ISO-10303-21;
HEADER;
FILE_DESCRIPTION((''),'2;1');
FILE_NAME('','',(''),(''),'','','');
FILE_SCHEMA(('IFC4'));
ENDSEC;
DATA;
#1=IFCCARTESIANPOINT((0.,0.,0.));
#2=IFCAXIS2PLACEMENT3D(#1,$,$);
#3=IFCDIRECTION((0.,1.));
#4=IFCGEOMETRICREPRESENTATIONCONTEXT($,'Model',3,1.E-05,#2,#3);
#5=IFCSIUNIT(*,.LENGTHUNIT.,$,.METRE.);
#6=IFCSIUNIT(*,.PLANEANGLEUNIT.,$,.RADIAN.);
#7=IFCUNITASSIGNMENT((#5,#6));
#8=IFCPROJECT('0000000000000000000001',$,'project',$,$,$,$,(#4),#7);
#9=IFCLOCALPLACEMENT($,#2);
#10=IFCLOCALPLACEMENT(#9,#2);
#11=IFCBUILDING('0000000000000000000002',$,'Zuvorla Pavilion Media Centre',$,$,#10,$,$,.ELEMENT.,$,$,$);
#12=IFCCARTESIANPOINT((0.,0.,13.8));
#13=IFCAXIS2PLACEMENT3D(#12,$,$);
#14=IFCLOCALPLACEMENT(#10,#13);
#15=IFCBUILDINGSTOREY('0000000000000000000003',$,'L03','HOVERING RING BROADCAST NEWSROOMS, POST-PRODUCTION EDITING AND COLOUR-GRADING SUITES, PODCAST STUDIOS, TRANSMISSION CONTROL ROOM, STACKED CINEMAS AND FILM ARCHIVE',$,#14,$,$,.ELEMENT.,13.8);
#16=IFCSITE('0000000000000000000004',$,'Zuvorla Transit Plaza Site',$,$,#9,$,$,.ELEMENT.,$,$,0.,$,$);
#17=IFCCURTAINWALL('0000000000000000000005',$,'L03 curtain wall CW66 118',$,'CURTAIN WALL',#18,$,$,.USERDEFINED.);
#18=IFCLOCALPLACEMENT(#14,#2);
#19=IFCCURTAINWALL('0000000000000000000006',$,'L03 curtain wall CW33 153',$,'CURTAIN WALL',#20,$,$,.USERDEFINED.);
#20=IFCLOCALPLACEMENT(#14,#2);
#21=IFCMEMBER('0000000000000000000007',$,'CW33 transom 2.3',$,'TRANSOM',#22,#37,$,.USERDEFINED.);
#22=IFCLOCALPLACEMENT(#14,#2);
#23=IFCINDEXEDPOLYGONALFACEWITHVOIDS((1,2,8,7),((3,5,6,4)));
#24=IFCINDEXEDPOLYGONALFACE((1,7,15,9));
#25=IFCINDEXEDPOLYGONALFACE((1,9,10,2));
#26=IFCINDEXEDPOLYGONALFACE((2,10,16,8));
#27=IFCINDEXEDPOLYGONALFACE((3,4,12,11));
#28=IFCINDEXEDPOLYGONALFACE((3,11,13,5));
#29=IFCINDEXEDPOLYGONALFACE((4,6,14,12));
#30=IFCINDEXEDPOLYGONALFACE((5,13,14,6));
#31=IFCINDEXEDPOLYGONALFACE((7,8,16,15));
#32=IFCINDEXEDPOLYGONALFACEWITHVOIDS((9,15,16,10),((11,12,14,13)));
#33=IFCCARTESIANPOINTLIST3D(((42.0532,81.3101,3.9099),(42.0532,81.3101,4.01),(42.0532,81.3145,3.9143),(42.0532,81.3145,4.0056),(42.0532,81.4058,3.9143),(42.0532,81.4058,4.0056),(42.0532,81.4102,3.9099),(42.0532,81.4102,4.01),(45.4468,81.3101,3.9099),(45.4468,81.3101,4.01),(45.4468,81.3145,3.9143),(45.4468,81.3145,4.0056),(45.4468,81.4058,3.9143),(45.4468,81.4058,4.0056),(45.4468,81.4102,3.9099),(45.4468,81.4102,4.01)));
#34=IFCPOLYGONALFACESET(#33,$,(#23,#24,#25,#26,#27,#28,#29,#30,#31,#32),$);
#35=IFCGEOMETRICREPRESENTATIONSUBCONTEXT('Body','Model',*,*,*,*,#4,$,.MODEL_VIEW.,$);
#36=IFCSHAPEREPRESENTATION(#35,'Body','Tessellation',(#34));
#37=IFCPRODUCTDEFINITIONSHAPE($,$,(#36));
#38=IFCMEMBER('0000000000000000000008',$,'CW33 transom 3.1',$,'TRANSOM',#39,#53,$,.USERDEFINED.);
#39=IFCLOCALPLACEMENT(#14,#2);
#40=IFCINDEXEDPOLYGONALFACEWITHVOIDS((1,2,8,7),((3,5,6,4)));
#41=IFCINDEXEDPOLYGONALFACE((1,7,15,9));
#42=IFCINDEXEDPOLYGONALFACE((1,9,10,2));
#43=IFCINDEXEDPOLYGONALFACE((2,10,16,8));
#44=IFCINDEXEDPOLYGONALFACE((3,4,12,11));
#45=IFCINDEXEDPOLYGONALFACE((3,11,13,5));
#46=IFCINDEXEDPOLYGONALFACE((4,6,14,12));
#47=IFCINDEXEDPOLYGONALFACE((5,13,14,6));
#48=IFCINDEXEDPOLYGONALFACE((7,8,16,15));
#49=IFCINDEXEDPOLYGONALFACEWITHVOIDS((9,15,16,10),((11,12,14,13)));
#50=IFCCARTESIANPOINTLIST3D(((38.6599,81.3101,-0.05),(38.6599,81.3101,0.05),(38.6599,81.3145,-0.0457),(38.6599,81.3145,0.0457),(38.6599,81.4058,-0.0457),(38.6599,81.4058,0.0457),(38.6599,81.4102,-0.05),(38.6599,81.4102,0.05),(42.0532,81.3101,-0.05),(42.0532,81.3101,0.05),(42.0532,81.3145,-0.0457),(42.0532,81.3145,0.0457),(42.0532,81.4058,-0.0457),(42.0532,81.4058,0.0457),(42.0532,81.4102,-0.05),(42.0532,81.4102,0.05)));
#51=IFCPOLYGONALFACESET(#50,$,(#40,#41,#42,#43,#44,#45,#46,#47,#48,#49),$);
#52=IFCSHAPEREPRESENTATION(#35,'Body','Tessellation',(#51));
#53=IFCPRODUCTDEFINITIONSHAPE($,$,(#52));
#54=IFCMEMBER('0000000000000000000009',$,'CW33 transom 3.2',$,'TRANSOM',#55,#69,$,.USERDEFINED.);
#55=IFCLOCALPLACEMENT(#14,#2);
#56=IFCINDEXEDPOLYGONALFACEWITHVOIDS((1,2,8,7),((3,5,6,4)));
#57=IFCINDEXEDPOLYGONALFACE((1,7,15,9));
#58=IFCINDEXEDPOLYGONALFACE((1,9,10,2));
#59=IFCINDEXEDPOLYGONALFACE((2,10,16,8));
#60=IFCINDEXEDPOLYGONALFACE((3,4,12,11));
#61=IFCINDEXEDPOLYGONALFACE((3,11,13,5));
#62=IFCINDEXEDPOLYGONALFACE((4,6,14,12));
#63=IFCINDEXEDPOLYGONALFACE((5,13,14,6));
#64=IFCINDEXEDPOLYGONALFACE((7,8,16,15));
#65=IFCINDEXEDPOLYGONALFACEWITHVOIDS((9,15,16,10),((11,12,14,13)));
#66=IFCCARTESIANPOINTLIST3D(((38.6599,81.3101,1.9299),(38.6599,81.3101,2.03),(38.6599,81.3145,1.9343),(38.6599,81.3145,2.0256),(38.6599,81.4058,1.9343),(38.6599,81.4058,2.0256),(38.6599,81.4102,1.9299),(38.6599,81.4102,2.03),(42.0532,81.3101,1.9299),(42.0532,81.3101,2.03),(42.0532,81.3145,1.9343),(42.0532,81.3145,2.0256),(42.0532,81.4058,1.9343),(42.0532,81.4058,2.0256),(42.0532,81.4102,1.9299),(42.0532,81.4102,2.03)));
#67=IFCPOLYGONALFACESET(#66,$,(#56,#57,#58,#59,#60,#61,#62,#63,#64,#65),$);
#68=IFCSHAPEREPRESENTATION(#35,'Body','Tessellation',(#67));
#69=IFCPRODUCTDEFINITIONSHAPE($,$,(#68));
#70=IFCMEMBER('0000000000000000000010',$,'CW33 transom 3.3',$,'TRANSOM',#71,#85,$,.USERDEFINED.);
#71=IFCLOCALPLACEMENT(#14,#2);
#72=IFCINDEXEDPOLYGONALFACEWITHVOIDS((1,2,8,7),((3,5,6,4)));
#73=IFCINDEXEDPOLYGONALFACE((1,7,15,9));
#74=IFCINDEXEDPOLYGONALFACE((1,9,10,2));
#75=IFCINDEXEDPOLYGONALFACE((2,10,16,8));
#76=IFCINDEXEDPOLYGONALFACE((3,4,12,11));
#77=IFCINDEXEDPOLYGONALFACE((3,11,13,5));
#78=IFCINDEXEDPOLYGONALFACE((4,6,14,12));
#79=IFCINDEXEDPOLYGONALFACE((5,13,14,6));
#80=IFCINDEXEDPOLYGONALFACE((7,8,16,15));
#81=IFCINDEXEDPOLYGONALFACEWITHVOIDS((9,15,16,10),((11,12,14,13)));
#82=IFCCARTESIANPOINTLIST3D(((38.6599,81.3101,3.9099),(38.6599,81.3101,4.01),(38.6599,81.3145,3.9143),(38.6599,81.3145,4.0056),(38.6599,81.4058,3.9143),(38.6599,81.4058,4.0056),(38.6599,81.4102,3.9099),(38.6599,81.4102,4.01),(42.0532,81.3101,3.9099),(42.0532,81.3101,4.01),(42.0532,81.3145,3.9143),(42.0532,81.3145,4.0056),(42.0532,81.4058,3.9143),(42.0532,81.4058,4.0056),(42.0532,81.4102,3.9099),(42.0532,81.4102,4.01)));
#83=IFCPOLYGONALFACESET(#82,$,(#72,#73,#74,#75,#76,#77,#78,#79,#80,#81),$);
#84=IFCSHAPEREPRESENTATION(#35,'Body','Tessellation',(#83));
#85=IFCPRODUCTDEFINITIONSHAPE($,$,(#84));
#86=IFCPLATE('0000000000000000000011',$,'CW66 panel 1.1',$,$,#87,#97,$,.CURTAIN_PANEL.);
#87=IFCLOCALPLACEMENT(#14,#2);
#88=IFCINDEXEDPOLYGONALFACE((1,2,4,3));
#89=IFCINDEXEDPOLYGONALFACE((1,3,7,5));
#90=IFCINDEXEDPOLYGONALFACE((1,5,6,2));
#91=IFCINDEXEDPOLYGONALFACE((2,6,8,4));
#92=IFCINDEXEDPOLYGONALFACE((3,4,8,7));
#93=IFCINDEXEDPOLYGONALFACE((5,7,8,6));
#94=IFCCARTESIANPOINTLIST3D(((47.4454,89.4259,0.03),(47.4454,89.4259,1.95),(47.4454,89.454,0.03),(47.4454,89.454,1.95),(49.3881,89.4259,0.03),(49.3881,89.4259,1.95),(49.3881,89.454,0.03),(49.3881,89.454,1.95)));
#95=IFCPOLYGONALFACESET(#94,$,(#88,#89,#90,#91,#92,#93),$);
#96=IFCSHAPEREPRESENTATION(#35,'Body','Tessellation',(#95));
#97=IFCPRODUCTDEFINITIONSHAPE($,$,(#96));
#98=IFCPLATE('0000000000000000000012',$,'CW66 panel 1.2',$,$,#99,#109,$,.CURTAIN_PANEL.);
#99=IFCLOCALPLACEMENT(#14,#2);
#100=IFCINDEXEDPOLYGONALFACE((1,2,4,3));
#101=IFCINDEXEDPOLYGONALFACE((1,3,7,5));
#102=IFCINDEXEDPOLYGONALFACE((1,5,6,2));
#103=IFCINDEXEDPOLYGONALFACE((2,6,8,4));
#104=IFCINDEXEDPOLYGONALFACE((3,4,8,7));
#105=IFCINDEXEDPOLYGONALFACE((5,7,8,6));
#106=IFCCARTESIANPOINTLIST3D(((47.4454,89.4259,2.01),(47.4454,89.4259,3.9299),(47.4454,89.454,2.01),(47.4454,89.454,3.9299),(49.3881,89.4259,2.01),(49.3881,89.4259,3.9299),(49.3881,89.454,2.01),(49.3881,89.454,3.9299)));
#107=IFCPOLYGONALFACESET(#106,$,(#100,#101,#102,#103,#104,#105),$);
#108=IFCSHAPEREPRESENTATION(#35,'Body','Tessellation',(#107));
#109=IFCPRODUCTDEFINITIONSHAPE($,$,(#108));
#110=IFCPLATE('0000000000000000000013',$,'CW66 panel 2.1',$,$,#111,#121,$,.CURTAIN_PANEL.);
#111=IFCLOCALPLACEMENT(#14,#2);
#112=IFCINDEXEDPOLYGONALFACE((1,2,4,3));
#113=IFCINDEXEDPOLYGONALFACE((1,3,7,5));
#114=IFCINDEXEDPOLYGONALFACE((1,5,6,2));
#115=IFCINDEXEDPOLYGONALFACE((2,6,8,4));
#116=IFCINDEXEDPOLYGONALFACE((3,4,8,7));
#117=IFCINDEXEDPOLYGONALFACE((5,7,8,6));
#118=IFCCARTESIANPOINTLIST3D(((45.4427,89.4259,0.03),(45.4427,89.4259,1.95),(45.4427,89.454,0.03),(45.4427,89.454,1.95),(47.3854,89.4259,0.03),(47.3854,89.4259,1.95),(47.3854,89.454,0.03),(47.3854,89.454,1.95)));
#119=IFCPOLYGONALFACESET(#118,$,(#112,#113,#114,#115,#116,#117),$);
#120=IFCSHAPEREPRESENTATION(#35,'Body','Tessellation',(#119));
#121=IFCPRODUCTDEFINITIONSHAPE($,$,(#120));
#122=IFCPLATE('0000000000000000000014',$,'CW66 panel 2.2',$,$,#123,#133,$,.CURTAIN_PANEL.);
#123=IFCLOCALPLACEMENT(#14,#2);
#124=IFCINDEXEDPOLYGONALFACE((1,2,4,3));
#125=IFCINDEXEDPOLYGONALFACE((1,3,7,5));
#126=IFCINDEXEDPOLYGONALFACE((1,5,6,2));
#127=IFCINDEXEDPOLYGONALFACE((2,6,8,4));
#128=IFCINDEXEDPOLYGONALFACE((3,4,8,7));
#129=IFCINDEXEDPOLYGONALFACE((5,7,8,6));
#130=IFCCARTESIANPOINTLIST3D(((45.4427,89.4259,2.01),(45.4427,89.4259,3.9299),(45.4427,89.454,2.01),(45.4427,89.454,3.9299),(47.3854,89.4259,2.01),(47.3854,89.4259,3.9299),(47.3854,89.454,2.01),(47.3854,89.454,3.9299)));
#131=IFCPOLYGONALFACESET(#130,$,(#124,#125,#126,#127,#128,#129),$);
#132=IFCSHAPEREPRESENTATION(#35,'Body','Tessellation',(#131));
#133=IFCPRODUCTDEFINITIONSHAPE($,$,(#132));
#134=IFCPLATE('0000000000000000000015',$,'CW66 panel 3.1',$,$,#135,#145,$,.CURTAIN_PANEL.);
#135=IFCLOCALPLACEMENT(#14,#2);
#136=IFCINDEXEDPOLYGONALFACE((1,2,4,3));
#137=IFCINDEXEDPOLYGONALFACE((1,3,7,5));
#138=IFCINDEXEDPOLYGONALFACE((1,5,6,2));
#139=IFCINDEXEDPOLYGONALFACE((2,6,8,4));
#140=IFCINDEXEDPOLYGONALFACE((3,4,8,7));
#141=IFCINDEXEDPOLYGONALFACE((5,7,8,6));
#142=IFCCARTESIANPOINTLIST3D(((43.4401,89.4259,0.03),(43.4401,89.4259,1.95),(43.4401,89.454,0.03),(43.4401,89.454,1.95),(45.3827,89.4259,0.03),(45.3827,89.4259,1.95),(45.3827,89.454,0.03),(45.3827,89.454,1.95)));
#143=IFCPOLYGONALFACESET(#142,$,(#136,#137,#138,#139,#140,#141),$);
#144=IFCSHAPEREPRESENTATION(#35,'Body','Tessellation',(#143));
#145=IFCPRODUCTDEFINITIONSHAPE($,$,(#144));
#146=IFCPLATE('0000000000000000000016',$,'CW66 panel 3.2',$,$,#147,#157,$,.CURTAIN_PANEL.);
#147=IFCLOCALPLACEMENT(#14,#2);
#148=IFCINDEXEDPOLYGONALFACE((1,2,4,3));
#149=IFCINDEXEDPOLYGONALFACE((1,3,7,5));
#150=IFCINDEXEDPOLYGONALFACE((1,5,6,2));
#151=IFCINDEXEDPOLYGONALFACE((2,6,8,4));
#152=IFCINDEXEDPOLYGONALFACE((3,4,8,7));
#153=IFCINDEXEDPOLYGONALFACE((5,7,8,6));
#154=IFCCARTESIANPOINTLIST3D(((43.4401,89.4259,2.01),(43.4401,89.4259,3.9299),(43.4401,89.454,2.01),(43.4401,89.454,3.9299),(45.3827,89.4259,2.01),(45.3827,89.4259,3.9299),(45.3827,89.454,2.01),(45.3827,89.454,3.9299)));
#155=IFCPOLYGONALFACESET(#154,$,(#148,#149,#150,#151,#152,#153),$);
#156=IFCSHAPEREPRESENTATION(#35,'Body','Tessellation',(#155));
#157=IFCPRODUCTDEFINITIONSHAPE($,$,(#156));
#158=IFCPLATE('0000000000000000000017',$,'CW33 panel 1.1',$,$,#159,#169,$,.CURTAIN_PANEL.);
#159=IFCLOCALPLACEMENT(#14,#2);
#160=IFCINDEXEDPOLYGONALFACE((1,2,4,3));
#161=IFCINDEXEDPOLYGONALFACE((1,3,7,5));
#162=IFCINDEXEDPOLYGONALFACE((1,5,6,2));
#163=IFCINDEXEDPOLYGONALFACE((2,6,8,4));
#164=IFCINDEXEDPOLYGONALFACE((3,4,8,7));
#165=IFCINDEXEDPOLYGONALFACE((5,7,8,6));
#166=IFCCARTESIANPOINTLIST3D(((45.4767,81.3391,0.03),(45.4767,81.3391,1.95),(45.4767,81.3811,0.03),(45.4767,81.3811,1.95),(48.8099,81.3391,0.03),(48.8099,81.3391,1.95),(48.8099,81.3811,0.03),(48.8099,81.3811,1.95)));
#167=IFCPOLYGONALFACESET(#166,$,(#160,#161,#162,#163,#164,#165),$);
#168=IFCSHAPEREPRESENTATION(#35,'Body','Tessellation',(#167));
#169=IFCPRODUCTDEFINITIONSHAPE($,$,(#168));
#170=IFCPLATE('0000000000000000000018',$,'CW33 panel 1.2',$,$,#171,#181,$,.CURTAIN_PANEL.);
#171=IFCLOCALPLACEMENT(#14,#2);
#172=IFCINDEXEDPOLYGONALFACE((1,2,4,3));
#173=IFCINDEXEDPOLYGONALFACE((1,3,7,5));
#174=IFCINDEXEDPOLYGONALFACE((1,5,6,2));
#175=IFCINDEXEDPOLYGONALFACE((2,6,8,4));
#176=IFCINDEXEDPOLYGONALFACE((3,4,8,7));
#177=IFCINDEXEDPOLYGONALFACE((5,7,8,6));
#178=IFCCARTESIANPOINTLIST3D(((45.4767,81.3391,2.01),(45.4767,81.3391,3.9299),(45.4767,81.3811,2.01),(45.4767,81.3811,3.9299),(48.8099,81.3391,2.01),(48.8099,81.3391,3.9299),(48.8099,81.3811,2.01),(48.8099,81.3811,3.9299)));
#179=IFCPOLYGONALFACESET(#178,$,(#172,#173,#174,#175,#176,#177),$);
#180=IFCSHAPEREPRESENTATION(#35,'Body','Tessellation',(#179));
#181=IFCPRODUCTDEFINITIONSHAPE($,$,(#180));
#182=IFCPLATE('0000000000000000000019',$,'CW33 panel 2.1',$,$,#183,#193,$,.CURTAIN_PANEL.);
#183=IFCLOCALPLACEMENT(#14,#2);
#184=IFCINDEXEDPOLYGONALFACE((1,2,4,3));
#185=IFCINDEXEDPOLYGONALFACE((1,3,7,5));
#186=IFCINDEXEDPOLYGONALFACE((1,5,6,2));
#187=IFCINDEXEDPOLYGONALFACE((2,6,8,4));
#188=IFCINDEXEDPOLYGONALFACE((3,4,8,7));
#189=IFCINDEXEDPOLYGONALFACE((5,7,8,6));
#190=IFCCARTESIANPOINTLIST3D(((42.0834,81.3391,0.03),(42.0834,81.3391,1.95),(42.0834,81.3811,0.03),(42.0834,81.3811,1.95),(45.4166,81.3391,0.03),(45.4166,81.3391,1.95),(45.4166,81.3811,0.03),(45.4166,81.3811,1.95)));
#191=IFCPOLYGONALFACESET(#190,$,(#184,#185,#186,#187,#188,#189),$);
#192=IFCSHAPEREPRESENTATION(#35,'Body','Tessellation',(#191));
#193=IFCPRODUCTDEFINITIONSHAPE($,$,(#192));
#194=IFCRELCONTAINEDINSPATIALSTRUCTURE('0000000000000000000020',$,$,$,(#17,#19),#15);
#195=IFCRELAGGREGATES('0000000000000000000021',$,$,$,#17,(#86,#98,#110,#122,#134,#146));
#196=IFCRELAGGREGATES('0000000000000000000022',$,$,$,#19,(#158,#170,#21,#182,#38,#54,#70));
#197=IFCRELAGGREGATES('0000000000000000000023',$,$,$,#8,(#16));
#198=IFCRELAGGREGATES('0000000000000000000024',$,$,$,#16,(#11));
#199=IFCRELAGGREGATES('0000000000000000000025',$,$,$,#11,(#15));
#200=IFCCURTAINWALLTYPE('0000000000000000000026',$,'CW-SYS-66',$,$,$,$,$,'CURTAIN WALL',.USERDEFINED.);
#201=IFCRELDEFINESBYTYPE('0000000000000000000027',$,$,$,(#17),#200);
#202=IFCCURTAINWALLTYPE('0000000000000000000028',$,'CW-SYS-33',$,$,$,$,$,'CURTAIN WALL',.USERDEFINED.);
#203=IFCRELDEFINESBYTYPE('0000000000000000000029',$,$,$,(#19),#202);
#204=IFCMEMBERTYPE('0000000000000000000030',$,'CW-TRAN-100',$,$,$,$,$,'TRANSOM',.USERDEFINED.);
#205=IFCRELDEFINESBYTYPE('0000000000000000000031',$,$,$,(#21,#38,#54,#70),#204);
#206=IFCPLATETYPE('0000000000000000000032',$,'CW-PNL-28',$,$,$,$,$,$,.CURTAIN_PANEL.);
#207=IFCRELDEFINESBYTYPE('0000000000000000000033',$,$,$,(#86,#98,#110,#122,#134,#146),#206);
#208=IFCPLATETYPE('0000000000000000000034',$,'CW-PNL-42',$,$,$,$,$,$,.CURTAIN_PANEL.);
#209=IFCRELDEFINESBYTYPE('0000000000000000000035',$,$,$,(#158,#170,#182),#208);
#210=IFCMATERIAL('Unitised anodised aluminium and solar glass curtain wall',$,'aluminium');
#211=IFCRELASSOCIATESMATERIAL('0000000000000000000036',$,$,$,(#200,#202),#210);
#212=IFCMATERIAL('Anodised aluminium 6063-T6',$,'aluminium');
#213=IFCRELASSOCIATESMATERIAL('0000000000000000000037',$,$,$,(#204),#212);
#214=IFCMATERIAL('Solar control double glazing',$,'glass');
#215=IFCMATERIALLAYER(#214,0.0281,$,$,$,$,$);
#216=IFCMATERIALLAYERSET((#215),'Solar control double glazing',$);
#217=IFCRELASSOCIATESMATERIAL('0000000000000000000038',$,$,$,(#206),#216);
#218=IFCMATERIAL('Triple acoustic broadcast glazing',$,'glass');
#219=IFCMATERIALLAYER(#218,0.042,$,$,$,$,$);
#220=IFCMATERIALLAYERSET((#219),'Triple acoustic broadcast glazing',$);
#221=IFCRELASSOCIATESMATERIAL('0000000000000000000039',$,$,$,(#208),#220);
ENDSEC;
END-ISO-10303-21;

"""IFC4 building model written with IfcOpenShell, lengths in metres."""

from ifc_helpers import new_model, si_unit, direction, frame, origin, origin_2d, place, context, subcontext, project, spatial, rectangle, hollow_rectangle, extrude, material, layer, layer_set, material_profile, profile_set, type_object, element, aggregate, save


model = new_model("IFC4")

# Units and contexts
model_context = context("Model", 3, precision=1e-05, world=origin(), true_north=direction((0.0, 1.0)))
body_context = subcontext(model_context, "Body", "Model", "MODEL_VIEW")
ifc_project = project(units=[si_unit("LENGTHUNIT", "METRE"), si_unit("PLANEANGLEUNIT", "RADIAN")], contexts=[model_context])

# Site, building, storey
site_placement = place(None, origin())
site = spatial("IfcSite", under=ifc_project, at=site_placement, Name="Zuvorla Transit Plaza Site", CompositionType="ELEMENT", RefElevation=0.0)
building_placement = place(site_placement, origin())
building = spatial("IfcBuilding", under=site, at=building_placement, Name="Zuvorla Pavilion Media Centre", CompositionType="ELEMENT")
storey_placement = place(building_placement, frame((0.0, 0.0, 13.8)))
storey = spatial("IfcBuildingStorey", under=building, at=storey_placement, Name="L03", Description="HOVERING RING BROADCAST NEWSROOMS, POST-PRODUCTION EDITING AND COLOUR-GRADING SUITES, PODCAST STUDIOS, TRANSMISSION CONTROL ROOM, STACKED CINEMAS AND FILM ARCHIVE", CompositionType="ELEMENT", Elevation=13.8)

# Curtain walls
ifc_material_1 = material(Name="Unitised anodised aluminium and solar glass curtain wall", Category="aluminium")
curtain_wall_type_1 = type_object("IfcCurtainWallType", Name="CW-SYS-66", ElementType="CURTAIN WALL", PredefinedType="USERDEFINED", material=ifc_material_1)
curtain_wall_1_placement = place(storey_placement, origin())
curtain_wall_1 = element("IfcCurtainWall", 1, at=curtain_wall_1_placement, inside=storey, type_object=curtain_wall_type_1, Name="L03 curtain wall CW66 118", ObjectType="CURTAIN WALL", PredefinedType="USERDEFINED")
ifc_material_2 = material(Name="Anodised aluminium 6063-T6", Category="aluminium")
curtain_wall_type_2 = type_object("IfcCurtainWallType", Name="CW-SYS-33", ElementType="CURTAIN WALL", PredefinedType="USERDEFINED", material=ifc_material_1)
curtain_wall_2_placement = place(storey_placement, origin())
curtain_wall_2 = element("IfcCurtainWall", 2, at=curtain_wall_2_placement, inside=storey, type_object=curtain_wall_type_2, Name="L03 curtain wall CW33 153", ObjectType="CURTAIN WALL", PredefinedType="USERDEFINED")

# Members
ifc_material_profile_1 = material_profile(ifc_material_2, hollow_rectangle(XDim=0.1001, YDim=0.1001, WallThickness=0.0044, at=origin_2d()), Name="ALU TRAN 100x100")
ifc_profile_set_1 = profile_set([ifc_material_profile_1], Name="Anodised aluminium 6063-T6")
member_type_1 = type_object("IfcMemberType", Name="CW-TRAN-100", ElementType="TRANSOM", PredefinedType="USERDEFINED", material=ifc_profile_set_1)
member_1_placement = place(storey_placement, frame((45.4468, 81.3601, 3.96), z_axis=(-1.0, 0.0, 0.0), x_axis=(0.0, -1.0, 0.0)))
member_1 = element("IfcMember", 3, at=member_1_placement, type_object=member_type_1, Name="CW33 transom 2.3", ObjectType="TRANSOM", PredefinedType="USERDEFINED", context=body_context, shape_type="SweptSolid", body=[
    extrude(hollow_rectangle(XDim=0.1001, YDim=0.1001, WallThickness=0.0044, at=origin_2d()), origin(), (0.0, 0.0, 1.0), 3.3936),
])
member_2_placement = place(storey_placement, frame((42.0532, 81.3601, 0.0), z_axis=(-1.0, 0.0, 0.0), x_axis=(0.0, -1.0, 0.0)))
member_2 = element("IfcMember", 4, at=member_2_placement, type_object=member_type_1, Name="CW33 transom 3.1", ObjectType="TRANSOM", PredefinedType="USERDEFINED", context=body_context, shape_type="SweptSolid", body=[
    extrude(hollow_rectangle(XDim=0.1001, YDim=0.1001, WallThickness=0.0044, at=origin_2d()), origin(), (0.0, 0.0, 1.0), 3.3933),
])
member_3_placement = place(storey_placement, frame((42.0532, 81.3601, 1.98), z_axis=(-1.0, 0.0, 0.0), x_axis=(0.0, -1.0, 0.0)))
member_3 = element("IfcMember", 5, at=member_3_placement, type_object=member_type_1, Name="CW33 transom 3.2", ObjectType="TRANSOM", PredefinedType="USERDEFINED", context=body_context, shape_type="SweptSolid", body=[
    extrude(hollow_rectangle(XDim=0.1001, YDim=0.1001, WallThickness=0.0044, at=origin_2d()), origin(), (0.0, 0.0, 1.0), 3.3933),
])
member_4_placement = place(storey_placement, frame((42.0532, 81.3601, 3.96), z_axis=(-1.0, 0.0, 0.0), x_axis=(0.0, -1.0, 0.0)))
member_4 = element("IfcMember", 6, at=member_4_placement, type_object=member_type_1, Name="CW33 transom 3.3", ObjectType="TRANSOM", PredefinedType="USERDEFINED", context=body_context, shape_type="SweptSolid", body=[
    extrude(hollow_rectangle(XDim=0.1001, YDim=0.1001, WallThickness=0.0044, at=origin_2d()), origin(), (0.0, 0.0, 1.0), 3.3933),
])

# Plates
ifc_material_3 = material(Name="Solar control double glazing", Category="glass")
ifc_layer_1 = layer(ifc_material_3, 0.0281)
ifc_layer_set_1 = layer_set([ifc_layer_1], Name="Solar control double glazing")
plate_type_1 = type_object("IfcPlateType", Name="CW-PNL-28", PredefinedType="CURTAIN_PANEL", material=ifc_layer_set_1)
plate_1_placement = place(storey_placement, frame((48.4167, 89.4399, 0.03), z_axis=(0.0, 0.0, 1.0), x_axis=(-1.0, 0.0, 0.0)))
plate_1 = element("IfcPlate", 7, at=plate_1_placement, type_object=plate_type_1, Name="CW66 panel 1.1", PredefinedType="CURTAIN_PANEL", context=body_context, shape_type="SweptSolid", body=[
    extrude(rectangle(XDim=1.9426, YDim=0.0281, at=origin_2d()), origin(), (0.0, 0.0, 1.0), 1.9199),
])
plate_2_placement = place(storey_placement, frame((48.4167, 89.4399, 2.01), z_axis=(0.0, 0.0, 1.0), x_axis=(-1.0, 0.0, 0.0)))
plate_2 = element("IfcPlate", 8, at=plate_2_placement, type_object=plate_type_1, Name="CW66 panel 1.2", PredefinedType="CURTAIN_PANEL", context=body_context, shape_type="SweptSolid", body=[
    extrude(rectangle(XDim=1.9426, YDim=0.0281, at=origin_2d()), origin(), (0.0, 0.0, 1.0), 1.9199),
])
plate_3_placement = place(storey_placement, frame((46.4141, 89.4399, 0.03), z_axis=(0.0, 0.0, 1.0), x_axis=(-1.0, 0.0, 0.0)))
plate_3 = element("IfcPlate", 9, at=plate_3_placement, type_object=plate_type_1, Name="CW66 panel 2.1", PredefinedType="CURTAIN_PANEL", context=body_context, shape_type="SweptSolid", body=[
    extrude(rectangle(XDim=1.9426, YDim=0.0281, at=origin_2d()), origin(), (0.0, 0.0, 1.0), 1.9199),
])
plate_4_placement = place(storey_placement, frame((46.4141, 89.4399, 2.01), z_axis=(0.0, 0.0, 1.0), x_axis=(-1.0, 0.0, 0.0)))
plate_4 = element("IfcPlate", 10, at=plate_4_placement, type_object=plate_type_1, Name="CW66 panel 2.2", PredefinedType="CURTAIN_PANEL", context=body_context, shape_type="SweptSolid", body=[
    extrude(rectangle(XDim=1.9426, YDim=0.0281, at=origin_2d()), origin(), (0.0, 0.0, 1.0), 1.9199),
])
plate_5_placement = place(storey_placement, frame((44.4114, 89.4399, 0.03), z_axis=(0.0, 0.0, 1.0), x_axis=(-1.0, 0.0, 0.0)))
plate_5 = element("IfcPlate", 11, at=plate_5_placement, type_object=plate_type_1, Name="CW66 panel 3.1", PredefinedType="CURTAIN_PANEL", context=body_context, shape_type="SweptSolid", body=[
    extrude(rectangle(XDim=1.9426, YDim=0.0281, at=origin_2d()), origin(), (0.0, 0.0, 1.0), 1.9199),
])
plate_6_placement = place(storey_placement, frame((44.4114, 89.4399, 2.01), z_axis=(0.0, 0.0, 1.0), x_axis=(-1.0, 0.0, 0.0)))
plate_6 = element("IfcPlate", 12, at=plate_6_placement, type_object=plate_type_1, Name="CW66 panel 3.2", PredefinedType="CURTAIN_PANEL", context=body_context, shape_type="SweptSolid", body=[
    extrude(rectangle(XDim=1.9426, YDim=0.0281, at=origin_2d()), origin(), (0.0, 0.0, 1.0), 1.9199),
])
aggregate(curtain_wall_1, [plate_1, plate_2, plate_3, plate_4, plate_5, plate_6])
ifc_material_4 = material(Name="Triple acoustic broadcast glazing", Category="glass")
ifc_layer_2 = layer(ifc_material_4, 0.042)
ifc_layer_set_2 = layer_set([ifc_layer_2], Name="Triple acoustic broadcast glazing")
plate_type_2 = type_object("IfcPlateType", Name="CW-PNL-42", PredefinedType="CURTAIN_PANEL", material=ifc_layer_set_2)
plate_7_placement = place(storey_placement, frame((47.1433, 81.3601, 0.03), z_axis=(0.0, 0.0, 1.0), x_axis=(-1.0, 0.0, 0.0)))
plate_7 = element("IfcPlate", 13, at=plate_7_placement, type_object=plate_type_2, Name="CW33 panel 1.1", PredefinedType="CURTAIN_PANEL", context=body_context, shape_type="SweptSolid", body=[
    extrude(rectangle(XDim=3.3333, YDim=0.042, at=origin_2d()), origin(), (0.0, 0.0, 1.0), 1.9199),
])
plate_8_placement = place(storey_placement, frame((47.1433, 81.3601, 2.01), z_axis=(0.0, 0.0, 1.0), x_axis=(-1.0, 0.0, 0.0)))
plate_8 = element("IfcPlate", 14, at=plate_8_placement, type_object=plate_type_2, Name="CW33 panel 1.2", PredefinedType="CURTAIN_PANEL", context=body_context, shape_type="SweptSolid", body=[
    extrude(rectangle(XDim=3.3333, YDim=0.042, at=origin_2d()), origin(), (0.0, 0.0, 1.0), 1.9199),
])
plate_9_placement = place(storey_placement, frame((43.75, 81.3601, 0.03), z_axis=(0.0, 0.0, 1.0), x_axis=(-1.0, 0.0, 0.0)))
plate_9 = element("IfcPlate", 15, at=plate_9_placement, type_object=plate_type_2, Name="CW33 panel 2.1", PredefinedType="CURTAIN_PANEL", context=body_context, shape_type="SweptSolid", body=[
    extrude(rectangle(XDim=3.3333, YDim=0.042, at=origin_2d()), origin(), (0.0, 0.0, 1.0), 1.9199),
])
aggregate(curtain_wall_2, [plate_7, plate_8, member_1, plate_9, member_2, member_3, member_4])

save(model, "model.ifc")
